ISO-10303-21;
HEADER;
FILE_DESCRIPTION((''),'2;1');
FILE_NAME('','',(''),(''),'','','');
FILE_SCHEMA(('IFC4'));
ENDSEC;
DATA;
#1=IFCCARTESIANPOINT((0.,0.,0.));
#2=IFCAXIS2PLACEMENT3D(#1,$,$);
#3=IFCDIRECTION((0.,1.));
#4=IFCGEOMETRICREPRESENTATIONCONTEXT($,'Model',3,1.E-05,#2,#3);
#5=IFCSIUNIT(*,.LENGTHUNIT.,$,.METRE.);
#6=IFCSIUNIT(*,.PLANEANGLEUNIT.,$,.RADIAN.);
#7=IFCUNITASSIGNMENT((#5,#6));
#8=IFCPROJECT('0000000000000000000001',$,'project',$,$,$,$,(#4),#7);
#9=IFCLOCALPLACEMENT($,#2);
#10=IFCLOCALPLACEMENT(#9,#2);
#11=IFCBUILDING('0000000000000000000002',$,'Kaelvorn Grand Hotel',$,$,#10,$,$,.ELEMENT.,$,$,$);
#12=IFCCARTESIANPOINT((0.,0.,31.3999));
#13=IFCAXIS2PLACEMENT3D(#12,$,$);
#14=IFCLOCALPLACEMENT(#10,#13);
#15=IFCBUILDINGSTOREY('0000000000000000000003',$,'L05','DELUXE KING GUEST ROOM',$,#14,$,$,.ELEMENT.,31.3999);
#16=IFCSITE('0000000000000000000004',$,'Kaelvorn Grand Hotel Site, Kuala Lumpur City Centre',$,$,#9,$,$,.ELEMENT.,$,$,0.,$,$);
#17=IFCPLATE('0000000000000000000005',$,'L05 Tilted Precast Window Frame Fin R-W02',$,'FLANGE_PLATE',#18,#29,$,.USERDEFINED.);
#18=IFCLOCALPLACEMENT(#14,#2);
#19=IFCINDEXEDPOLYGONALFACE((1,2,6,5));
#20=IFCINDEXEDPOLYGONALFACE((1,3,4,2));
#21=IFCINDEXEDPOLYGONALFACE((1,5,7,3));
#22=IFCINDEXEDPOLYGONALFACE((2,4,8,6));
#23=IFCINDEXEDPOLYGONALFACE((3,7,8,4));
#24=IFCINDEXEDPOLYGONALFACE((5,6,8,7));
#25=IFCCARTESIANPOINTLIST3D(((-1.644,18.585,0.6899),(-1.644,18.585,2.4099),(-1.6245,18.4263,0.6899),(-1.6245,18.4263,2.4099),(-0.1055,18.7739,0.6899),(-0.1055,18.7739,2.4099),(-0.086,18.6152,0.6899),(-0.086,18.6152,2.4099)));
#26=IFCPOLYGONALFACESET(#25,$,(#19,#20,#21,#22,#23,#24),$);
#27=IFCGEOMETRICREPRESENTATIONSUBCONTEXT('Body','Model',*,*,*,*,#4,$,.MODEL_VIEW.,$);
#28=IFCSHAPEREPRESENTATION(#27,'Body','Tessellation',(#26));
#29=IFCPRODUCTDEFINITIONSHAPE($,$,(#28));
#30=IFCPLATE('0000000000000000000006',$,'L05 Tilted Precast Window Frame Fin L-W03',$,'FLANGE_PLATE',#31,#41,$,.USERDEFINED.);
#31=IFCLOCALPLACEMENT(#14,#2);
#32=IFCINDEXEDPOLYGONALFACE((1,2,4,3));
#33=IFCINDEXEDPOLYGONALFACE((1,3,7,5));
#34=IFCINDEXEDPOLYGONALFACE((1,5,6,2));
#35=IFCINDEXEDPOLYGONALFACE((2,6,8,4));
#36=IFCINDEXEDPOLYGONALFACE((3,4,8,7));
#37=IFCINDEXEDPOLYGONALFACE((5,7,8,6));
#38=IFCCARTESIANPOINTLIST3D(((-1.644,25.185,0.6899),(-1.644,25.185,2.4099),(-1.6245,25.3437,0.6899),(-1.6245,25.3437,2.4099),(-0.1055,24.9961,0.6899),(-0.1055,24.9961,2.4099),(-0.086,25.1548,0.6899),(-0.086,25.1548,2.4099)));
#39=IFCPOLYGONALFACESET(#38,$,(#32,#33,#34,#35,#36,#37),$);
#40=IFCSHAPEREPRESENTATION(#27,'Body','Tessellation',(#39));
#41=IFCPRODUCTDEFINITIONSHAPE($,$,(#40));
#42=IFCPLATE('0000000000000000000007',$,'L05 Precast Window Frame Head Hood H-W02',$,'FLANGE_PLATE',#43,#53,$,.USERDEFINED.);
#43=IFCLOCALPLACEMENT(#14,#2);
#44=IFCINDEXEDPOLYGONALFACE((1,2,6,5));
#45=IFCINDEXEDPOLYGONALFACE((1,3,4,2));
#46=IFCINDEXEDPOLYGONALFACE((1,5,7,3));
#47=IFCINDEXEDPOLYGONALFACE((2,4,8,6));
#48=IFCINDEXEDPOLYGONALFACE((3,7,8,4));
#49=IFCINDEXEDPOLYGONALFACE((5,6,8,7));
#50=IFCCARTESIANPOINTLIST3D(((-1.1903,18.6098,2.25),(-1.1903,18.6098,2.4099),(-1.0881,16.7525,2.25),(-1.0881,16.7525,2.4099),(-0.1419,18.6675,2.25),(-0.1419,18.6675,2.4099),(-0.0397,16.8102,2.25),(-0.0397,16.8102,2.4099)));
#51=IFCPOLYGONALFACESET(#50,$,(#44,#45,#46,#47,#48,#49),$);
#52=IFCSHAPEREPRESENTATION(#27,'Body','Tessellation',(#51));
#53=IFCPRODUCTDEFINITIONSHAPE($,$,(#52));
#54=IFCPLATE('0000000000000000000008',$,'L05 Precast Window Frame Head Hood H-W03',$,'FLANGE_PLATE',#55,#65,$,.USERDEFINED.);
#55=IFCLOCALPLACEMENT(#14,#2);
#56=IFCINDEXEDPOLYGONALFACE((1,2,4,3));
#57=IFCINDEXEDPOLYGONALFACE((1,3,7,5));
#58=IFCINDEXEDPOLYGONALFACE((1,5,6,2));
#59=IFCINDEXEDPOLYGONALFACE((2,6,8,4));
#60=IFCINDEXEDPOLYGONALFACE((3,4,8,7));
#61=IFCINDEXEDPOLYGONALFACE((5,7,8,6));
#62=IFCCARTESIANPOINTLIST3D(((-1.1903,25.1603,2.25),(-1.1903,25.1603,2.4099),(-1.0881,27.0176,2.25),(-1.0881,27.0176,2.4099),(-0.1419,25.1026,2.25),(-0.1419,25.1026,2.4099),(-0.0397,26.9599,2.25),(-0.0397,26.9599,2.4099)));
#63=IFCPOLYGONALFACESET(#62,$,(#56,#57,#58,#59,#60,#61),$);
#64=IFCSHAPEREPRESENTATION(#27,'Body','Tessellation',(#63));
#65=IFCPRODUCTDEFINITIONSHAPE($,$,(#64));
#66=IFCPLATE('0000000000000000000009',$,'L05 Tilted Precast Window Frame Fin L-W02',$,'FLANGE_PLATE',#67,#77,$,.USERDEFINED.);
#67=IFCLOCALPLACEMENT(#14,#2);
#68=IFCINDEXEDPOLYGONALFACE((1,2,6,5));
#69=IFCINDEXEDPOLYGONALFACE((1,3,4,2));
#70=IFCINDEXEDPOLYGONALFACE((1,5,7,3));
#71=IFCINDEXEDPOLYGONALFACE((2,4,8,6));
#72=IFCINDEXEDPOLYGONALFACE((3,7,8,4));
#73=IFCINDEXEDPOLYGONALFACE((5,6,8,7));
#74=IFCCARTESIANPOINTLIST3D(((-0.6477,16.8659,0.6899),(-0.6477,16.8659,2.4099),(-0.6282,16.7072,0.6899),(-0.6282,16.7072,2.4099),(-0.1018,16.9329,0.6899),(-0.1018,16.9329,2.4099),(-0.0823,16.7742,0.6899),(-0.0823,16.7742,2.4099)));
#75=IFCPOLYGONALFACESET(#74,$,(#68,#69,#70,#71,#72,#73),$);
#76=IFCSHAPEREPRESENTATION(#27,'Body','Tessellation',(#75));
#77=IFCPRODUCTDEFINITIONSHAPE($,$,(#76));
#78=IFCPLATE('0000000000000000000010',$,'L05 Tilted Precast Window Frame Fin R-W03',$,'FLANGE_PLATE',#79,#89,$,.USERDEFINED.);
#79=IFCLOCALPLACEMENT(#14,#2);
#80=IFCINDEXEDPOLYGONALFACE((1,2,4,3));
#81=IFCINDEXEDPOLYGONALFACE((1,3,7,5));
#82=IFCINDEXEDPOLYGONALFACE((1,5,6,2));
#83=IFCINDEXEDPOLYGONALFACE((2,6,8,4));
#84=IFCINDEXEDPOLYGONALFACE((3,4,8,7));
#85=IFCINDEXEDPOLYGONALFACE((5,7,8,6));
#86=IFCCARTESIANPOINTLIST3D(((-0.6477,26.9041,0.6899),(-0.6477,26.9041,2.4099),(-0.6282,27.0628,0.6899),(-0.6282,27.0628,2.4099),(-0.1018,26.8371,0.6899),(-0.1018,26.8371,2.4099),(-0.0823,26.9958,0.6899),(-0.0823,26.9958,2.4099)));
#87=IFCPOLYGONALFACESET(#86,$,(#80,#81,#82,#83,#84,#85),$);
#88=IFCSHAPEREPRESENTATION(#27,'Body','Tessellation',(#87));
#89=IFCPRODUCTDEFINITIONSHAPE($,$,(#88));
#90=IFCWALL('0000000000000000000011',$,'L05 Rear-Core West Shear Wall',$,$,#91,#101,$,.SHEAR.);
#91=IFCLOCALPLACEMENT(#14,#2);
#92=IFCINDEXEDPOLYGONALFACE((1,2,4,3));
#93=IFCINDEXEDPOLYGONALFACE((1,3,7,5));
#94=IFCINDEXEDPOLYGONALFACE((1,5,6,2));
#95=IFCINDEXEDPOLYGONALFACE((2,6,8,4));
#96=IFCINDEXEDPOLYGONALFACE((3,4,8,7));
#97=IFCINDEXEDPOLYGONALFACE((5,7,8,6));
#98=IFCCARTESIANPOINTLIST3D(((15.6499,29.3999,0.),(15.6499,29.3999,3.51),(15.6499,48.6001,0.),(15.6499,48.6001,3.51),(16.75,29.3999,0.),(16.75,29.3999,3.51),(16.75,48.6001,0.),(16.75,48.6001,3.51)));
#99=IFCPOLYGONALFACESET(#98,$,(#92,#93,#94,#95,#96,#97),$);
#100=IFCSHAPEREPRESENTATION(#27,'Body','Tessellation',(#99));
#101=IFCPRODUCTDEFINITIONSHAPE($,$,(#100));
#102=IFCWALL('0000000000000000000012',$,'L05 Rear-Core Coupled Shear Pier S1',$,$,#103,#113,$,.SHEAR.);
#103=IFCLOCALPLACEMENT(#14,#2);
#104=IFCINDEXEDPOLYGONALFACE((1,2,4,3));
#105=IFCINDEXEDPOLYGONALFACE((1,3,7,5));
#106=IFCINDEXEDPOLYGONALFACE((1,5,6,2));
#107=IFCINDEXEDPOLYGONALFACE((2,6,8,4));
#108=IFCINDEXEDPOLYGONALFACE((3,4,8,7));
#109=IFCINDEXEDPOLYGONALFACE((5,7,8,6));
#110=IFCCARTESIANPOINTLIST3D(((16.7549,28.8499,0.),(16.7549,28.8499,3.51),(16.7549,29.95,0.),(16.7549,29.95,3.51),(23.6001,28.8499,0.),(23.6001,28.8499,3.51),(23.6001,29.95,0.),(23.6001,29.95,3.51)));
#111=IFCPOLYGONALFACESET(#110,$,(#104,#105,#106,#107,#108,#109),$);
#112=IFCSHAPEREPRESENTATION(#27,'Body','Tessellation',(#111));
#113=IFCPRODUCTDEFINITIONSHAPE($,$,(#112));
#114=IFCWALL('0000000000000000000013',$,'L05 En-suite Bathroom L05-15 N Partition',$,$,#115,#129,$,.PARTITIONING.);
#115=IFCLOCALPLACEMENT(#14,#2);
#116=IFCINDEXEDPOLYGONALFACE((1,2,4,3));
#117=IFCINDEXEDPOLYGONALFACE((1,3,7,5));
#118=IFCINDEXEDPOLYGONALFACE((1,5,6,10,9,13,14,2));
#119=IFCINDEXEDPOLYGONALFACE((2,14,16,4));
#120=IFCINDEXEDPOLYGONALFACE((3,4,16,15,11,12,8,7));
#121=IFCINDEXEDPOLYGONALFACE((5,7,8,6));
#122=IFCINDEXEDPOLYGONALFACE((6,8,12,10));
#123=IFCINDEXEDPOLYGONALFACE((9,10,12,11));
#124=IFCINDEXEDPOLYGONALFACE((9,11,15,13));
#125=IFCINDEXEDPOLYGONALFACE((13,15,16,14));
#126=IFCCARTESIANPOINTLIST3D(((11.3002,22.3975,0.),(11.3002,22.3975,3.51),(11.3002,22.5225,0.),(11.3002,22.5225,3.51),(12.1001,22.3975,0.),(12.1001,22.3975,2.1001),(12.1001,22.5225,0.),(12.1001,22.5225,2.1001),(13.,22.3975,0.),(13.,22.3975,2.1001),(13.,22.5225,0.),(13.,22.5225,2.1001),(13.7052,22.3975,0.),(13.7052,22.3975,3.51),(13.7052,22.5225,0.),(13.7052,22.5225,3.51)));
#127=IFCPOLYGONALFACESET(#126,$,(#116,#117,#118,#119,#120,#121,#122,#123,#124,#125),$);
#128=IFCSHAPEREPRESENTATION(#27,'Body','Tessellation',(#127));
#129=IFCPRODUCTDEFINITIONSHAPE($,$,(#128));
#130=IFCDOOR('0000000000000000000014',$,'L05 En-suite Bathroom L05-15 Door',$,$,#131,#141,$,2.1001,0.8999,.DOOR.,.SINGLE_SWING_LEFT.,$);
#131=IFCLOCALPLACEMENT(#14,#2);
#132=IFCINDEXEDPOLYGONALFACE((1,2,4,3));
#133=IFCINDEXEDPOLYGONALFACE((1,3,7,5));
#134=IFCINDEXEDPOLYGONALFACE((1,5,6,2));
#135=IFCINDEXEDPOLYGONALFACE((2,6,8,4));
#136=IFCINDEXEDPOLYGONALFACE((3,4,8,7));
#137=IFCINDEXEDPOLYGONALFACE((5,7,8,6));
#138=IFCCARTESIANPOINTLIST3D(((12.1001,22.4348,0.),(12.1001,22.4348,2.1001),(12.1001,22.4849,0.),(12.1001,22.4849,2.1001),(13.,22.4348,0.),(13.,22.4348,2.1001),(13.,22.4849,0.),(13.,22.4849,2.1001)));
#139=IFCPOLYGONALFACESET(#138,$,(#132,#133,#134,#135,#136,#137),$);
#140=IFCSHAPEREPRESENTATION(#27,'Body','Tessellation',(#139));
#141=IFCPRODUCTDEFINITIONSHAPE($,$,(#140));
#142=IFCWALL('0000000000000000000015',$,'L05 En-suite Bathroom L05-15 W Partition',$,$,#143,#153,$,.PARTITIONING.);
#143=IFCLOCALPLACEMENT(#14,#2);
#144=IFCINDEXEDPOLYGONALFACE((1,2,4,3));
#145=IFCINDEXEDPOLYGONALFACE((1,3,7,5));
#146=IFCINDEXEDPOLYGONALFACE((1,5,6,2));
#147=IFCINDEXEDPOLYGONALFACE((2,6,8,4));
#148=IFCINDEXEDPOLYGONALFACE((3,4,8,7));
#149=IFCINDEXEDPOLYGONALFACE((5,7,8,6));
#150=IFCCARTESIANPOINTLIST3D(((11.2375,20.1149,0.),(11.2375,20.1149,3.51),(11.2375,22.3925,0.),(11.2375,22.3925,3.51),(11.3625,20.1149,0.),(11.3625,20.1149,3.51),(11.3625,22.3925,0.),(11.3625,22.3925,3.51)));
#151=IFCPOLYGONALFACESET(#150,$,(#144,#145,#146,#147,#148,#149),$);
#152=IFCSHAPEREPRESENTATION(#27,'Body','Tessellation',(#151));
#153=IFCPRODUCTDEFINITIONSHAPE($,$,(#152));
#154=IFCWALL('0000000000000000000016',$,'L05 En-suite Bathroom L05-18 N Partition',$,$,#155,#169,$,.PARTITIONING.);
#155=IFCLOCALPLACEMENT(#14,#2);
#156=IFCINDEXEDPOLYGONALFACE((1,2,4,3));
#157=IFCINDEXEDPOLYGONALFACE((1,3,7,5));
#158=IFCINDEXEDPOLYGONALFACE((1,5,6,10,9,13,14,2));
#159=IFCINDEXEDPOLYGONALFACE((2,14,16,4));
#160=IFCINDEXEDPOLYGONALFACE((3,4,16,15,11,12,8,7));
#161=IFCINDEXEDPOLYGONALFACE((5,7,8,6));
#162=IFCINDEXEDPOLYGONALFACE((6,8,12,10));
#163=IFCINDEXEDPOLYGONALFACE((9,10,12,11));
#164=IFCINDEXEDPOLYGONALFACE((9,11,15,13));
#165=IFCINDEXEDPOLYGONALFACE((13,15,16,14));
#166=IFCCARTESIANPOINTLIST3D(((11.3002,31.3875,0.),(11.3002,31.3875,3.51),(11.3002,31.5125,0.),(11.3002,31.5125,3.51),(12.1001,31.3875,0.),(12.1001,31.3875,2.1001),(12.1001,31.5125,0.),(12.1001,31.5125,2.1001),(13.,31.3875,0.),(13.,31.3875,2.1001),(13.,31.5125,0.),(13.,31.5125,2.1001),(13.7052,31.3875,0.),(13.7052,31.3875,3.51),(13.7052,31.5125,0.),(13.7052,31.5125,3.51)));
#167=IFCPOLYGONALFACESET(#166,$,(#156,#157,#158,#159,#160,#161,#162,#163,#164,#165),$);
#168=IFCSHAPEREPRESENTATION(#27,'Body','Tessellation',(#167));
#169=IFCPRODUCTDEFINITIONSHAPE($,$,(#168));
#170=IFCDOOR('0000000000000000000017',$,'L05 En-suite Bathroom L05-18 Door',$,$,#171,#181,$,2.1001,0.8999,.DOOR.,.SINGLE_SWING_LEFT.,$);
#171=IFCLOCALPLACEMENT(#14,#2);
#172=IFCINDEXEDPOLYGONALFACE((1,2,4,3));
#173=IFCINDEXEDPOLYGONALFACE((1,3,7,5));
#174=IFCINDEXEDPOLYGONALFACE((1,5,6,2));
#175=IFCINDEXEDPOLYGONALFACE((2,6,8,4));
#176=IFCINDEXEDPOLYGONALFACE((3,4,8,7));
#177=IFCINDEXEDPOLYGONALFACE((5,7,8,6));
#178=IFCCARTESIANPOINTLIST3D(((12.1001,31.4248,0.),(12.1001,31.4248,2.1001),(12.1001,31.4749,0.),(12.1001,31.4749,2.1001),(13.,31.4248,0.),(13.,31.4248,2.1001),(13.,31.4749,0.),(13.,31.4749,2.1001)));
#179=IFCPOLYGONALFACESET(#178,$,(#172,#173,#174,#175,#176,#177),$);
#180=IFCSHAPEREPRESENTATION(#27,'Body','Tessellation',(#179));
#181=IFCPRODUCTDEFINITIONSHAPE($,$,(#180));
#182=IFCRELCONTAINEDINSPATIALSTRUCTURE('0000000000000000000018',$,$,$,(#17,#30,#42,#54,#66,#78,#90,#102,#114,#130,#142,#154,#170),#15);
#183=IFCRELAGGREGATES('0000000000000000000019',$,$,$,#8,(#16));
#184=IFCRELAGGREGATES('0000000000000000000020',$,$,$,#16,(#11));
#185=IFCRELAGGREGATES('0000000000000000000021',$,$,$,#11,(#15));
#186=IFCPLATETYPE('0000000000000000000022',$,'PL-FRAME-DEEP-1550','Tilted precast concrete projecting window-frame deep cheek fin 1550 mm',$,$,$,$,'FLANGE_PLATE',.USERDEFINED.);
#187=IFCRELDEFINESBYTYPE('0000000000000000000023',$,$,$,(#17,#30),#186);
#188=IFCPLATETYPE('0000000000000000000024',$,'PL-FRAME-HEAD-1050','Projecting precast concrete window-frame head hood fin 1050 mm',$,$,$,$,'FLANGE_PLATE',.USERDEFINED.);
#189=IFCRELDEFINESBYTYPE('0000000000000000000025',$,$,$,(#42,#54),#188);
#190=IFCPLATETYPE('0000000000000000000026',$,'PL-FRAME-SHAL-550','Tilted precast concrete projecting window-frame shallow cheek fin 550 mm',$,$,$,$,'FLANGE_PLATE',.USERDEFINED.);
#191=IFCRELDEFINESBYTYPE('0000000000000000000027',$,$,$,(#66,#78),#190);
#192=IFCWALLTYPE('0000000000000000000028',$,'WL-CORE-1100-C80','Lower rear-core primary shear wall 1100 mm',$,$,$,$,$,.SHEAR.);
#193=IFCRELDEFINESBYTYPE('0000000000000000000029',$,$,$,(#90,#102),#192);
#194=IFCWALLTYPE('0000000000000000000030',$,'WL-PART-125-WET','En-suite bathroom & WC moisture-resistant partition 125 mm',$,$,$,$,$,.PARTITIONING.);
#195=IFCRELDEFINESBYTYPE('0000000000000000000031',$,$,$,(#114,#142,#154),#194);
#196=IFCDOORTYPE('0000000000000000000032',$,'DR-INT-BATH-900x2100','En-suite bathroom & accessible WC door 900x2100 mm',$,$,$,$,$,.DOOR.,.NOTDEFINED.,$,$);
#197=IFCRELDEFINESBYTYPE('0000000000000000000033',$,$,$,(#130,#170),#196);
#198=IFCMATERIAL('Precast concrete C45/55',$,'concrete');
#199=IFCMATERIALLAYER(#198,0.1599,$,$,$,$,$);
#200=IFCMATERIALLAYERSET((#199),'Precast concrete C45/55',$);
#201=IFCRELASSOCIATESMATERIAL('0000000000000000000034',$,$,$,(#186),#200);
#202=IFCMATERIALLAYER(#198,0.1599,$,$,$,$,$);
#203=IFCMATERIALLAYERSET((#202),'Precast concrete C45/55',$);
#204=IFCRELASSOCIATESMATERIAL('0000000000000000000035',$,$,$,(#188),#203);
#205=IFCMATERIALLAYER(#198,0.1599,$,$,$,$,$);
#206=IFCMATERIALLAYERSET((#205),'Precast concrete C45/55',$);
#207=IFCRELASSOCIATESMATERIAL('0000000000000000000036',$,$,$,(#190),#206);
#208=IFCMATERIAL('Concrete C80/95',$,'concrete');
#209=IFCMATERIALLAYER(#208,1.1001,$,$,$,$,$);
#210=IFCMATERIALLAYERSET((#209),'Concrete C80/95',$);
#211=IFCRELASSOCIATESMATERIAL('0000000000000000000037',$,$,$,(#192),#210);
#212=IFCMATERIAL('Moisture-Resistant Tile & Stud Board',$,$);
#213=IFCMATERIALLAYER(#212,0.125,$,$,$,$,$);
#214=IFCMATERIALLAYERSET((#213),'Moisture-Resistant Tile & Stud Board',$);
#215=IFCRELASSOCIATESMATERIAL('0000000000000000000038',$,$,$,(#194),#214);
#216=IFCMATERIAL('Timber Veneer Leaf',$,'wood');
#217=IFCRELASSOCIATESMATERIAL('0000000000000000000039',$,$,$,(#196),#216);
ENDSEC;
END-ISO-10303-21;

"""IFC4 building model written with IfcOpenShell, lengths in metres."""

from ifc_helpers import new_model, si_unit, direction, frame, frame_2d, origin, origin_2d, place, context, subcontext, project, spatial, rectangle, extrude, material, layer, layer_set, type_object, element, fill, save


model = new_model("IFC4")

# Units and contexts
model_context = context("Model", 3, precision=1e-05, world=origin(), true_north=direction((0.0, 1.0)))
body_context = subcontext(model_context, "Body", "Model", "MODEL_VIEW")
ifc_project = project(units=[si_unit("LENGTHUNIT", "METRE"), si_unit("PLANEANGLEUNIT", "RADIAN")], contexts=[model_context])

# Site, building, storey
site_placement = place(None, origin())
site = spatial("IfcSite", under=ifc_project, at=site_placement, Name="Kaelvorn Grand Hotel Site, Kuala Lumpur City Centre", CompositionType="ELEMENT", RefElevation=0.0)
building_placement = place(site_placement, origin())
building = spatial("IfcBuilding", under=site, at=building_placement, Name="Kaelvorn Grand Hotel", CompositionType="ELEMENT")
storey_placement = place(building_placement, frame((0.0, 0.0, 31.3999)))
storey = spatial("IfcBuildingStorey", under=building, at=storey_placement, Name="L05", Description="DELUXE KING GUEST ROOM", CompositionType="ELEMENT", Elevation=31.3999)

# Shared definitions
ifc_material_1 = material(Name="Concrete C80/95", Category="concrete")

# Plates
ifc_material_2 = material(Name="Precast concrete C45/55", Category="concrete")
ifc_layer_1 = layer(ifc_material_2, 0.1599)
ifc_layer_set_1 = layer_set([ifc_layer_1], Name="Precast concrete C45/55")
plate_type_1 = type_object("IfcPlateType", Name="PL-FRAME-DEEP-1550", Description="Tilted precast concrete projecting window-frame deep cheek fin 1550 mm", ElementType="FLANGE_PLATE", PredefinedType="USERDEFINED", material=ifc_layer_set_1)
for number, where, z_axis, x_axis, name in (
    (1, (-0.865, 18.6001, 0.6899), (0.0, 0.0, 1.0), (-0.121869, 0.992546, 0.0), "L05 Tilted Precast Window Frame Fin R-W02"),
    (2, (-0.865, 25.1699, 0.6899), (0.0, 0.0, 1.0), (0.121869, 0.992546, 0.0), "L05 Tilted Precast Window Frame Fin L-W03"),
):
    element("IfcPlate", number, at=place(storey_placement, frame(where, z_axis=z_axis, x_axis=x_axis)), inside=storey, type_object=plate_type_1, Name=name, ObjectType="FLANGE_PLATE", PredefinedType="USERDEFINED", context=body_context, shape_type="SweptSolid", body=[
        extrude(rectangle(XDim=0.1599, YDim=1.55, at=origin_2d()), origin(), (0.0, 0.0, 1.0), 1.72),
    ])
ifc_layer_2 = layer(ifc_material_2, 0.1599)
ifc_layer_set_2 = layer_set([ifc_layer_2], Name="Precast concrete C45/55")
plate_type_2 = type_object("IfcPlateType", Name="PL-FRAME-HEAD-1050", Description="Projecting precast concrete window-frame head hood fin 1050 mm", ElementType="FLANGE_PLATE", PredefinedType="USERDEFINED", material=ifc_layer_set_2)
for number, where, z_axis, x_axis, name in (
    (3, (-0.615, 17.71, 2.25), (0.0, 0.0, 1.0), (-0.05495, 0.998489, 0.0), "L05 Precast Window Frame Head Hood H-W02"),
    (4, (-0.615, 26.0601, 2.25), (0.0, 0.0, 1.0), (0.05495, 0.998489, 0.0), "L05 Precast Window Frame Head Hood H-W03"),
):
    element("IfcPlate", number, at=place(storey_placement, frame(where, z_axis=z_axis, x_axis=x_axis)), inside=storey, type_object=plate_type_2, Name=name, ObjectType="FLANGE_PLATE", PredefinedType="USERDEFINED", context=body_context, shape_type="SweptSolid", body=[
        extrude(rectangle(XDim=1.8601, YDim=1.05, at=origin_2d()), origin(), (0.0, 0.0, 1.0), 0.1599),
    ])
ifc_layer_3 = layer(ifc_material_2, 0.1599)
ifc_layer_set_3 = layer_set([ifc_layer_3], Name="Precast concrete C45/55")
plate_type_3 = type_object("IfcPlateType", Name="PL-FRAME-SHAL-550", Description="Tilted precast concrete projecting window-frame shallow cheek fin 550 mm", ElementType="FLANGE_PLATE", PredefinedType="USERDEFINED", material=ifc_layer_set_3)
for number, where, z_axis, x_axis, name in (
    (5, (-0.365, 16.8201, 0.6899), (0.0, 0.0, 1.0), (-0.121869, 0.992546, 0.0), "L05 Tilted Precast Window Frame Fin L-W02"),
    (6, (-0.365, 26.95, 0.6899), (0.0, 0.0, 1.0), (0.121869, 0.992546, 0.0), "L05 Tilted Precast Window Frame Fin R-W03"),
):
    element("IfcPlate", number, at=place(storey_placement, frame(where, z_axis=z_axis, x_axis=x_axis)), inside=storey, type_object=plate_type_3, Name=name, ObjectType="FLANGE_PLATE", PredefinedType="USERDEFINED", context=body_context, shape_type="SweptSolid", body=[
        extrude(rectangle(XDim=0.1599, YDim=0.55, at=origin_2d()), origin(), (0.0, 0.0, 1.0), 1.72),
    ])

# Walls
ifc_layer_4 = layer(ifc_material_1, 1.1001)
ifc_layer_set_4 = layer_set([ifc_layer_4], Name="Concrete C80/95")
wall_type_1 = type_object("IfcWallType", Name="WL-CORE-1100-C80", Description="Lower rear-core primary shear wall 1100 mm", PredefinedType="SHEAR", material=ifc_layer_set_4)
wall_1_placement = place(storey_placement, frame((16.2, 29.3999, 0.0), z_axis=(0.0, 0.0, 1.0), x_axis=(0.0, 1.0, 0.0)))
element("IfcWall", 7, at=wall_1_placement, inside=storey, type_object=wall_type_1, Name="L05 Rear-Core West Shear Wall", PredefinedType="SHEAR", context=body_context, shape_type="SweptSolid", body=[
    extrude(rectangle(XDim=19.2002, YDim=1.1001, at=frame_2d((9.6001, 0.0))), origin(), (0.0, 0.0, 1.0), 3.51),
])
wall_2_placement = place(storey_placement, frame((16.7549, 29.3999, 0.0), z_axis=(0.0, 0.0, 1.0), x_axis=(1.0, 0.0, 0.0)))
element("IfcWall", 8, at=wall_2_placement, inside=storey, type_object=wall_type_1, Name="L05 Rear-Core Coupled Shear Pier S1", PredefinedType="SHEAR", context=body_context, shape_type="SweptSolid", body=[
    extrude(rectangle(XDim=6.8452, YDim=1.1001, at=frame_2d((3.4226, 0.0))), origin(), (0.0, 0.0, 1.0), 3.51),
])

# Wall, opening, door
ifc_material_3 = material(Name="Moisture-Resistant Tile & Stud Board")
ifc_layer_5 = layer(ifc_material_3, 0.125)
ifc_layer_set_5 = layer_set([ifc_layer_5], Name="Moisture-Resistant Tile & Stud Board")
wall_type_2 = type_object("IfcWallType", Name="WL-PART-125-WET", Description="En-suite bathroom & WC moisture-resistant partition 125 mm", PredefinedType="PARTITIONING", material=ifc_layer_set_5)
wall_3_placement = place(storey_placement, frame((11.3, 22.46, 0.0), z_axis=(0.0, 0.0, 1.0), x_axis=(1.0, 0.0, 0.0)))
wall_3 = element("IfcWall", 9, at=wall_3_placement, inside=storey, type_object=wall_type_2, Name="L05 En-suite Bathroom L05-15 N Partition", PredefinedType="PARTITIONING", context=body_context, shape_type="SweptSolid", body=[
    extrude(rectangle(XDim=2.405, YDim=0.125, at=frame_2d((1.2026, 0.0))), origin(), (0.0, 0.0, 1.0), 3.51),
])
opening_1_placement = place(wall_3_placement, frame((0.8, 0.0, 0.0)))
opening_1 = element("IfcOpeningElement", 10, at=opening_1_placement, cuts=wall_3, PredefinedType="OPENING", context=body_context, shape_type="SweptSolid", body=[
    extrude(rectangle(XDim=0.8999, YDim=2.1001, at=frame_2d((0.45, 1.05))), frame((0.0, 0.0725, 0.0), z_axis=(0.0, -1.0, 0.0), x_axis=(1.0, 0.0, 0.0)), (0.0, 0.0, 1.0), 0.145),
])
ifc_material_4 = material(Name="Timber Veneer Leaf", Category="wood")
door_type_1 = type_object("IfcDoorType", Name="DR-INT-BATH-900x2100", Description="En-suite bathroom & accessible WC door 900x2100 mm", OperationType="NOTDEFINED", PredefinedType="DOOR", material=ifc_material_4)
door_1_placement = place(opening_1_placement, origin())
door_1 = element("IfcDoor", 11, at=door_1_placement, inside=storey, type_object=door_type_1, Name="L05 En-suite Bathroom L05-15 Door", OperationType="SINGLE_SWING_LEFT", OverallHeight=2.1001, OverallWidth=0.8999, PredefinedType="DOOR", context=body_context, shape_type="SweptSolid", body=[
    extrude(rectangle(XDim=0.8999, YDim=2.1001, at=frame_2d((0.45, 1.05))), frame((0.0, 0.0249, 0.0), z_axis=(0.0, -1.0, 0.0), x_axis=(1.0, 0.0, 0.0)), (0.0, 0.0, 1.0), 0.05),
])
fill(opening_1, door_1)

# Wall
wall_4_placement = place(storey_placement, frame((11.3, 20.115, 0.0), z_axis=(0.0, 0.0, 1.0), x_axis=(0.0, 1.0, 0.0)))
element("IfcWall", 12, at=wall_4_placement, inside=storey, type_object=wall_type_2, Name="L05 En-suite Bathroom L05-15 W Partition", PredefinedType="PARTITIONING", context=body_context, shape_type="SweptSolid", body=[
    extrude(rectangle(XDim=2.2776, YDim=0.125, at=frame_2d((1.1387, 0.0))), origin(), (0.0, 0.0, 1.0), 3.51),
])

# Wall, opening, door
wall_5_placement = place(storey_placement, frame((11.3, 31.45, 0.0), z_axis=(0.0, 0.0, 1.0), x_axis=(1.0, 0.0, 0.0)))
wall_5 = element("IfcWall", 13, at=wall_5_placement, inside=storey, type_object=wall_type_2, Name="L05 En-suite Bathroom L05-18 N Partition", PredefinedType="PARTITIONING", context=body_context, shape_type="SweptSolid", body=[
    extrude(rectangle(XDim=2.405, YDim=0.125, at=frame_2d((1.2026, 0.0))), origin(), (0.0, 0.0, 1.0), 3.51),
])
opening_2_placement = place(wall_5_placement, frame((0.8, 0.0, 0.0)))
opening_2 = element("IfcOpeningElement", 14, at=opening_2_placement, cuts=wall_5, PredefinedType="OPENING", context=body_context, shape_type="SweptSolid", body=[
    extrude(rectangle(XDim=0.8999, YDim=2.1001, at=frame_2d((0.45, 1.05))), frame((0.0, 0.0725, 0.0), z_axis=(0.0, -1.0, 0.0), x_axis=(1.0, 0.0, 0.0)), (0.0, 0.0, 1.0), 0.145),
])
door_2_placement = place(opening_2_placement, origin())
door_2 = element("IfcDoor", 15, at=door_2_placement, inside=storey, type_object=door_type_1, Name="L05 En-suite Bathroom L05-18 Door", OperationType="SINGLE_SWING_LEFT", OverallHeight=2.1001, OverallWidth=0.8999, PredefinedType="DOOR", context=body_context, shape_type="SweptSolid", body=[
    extrude(rectangle(XDim=0.8999, YDim=2.1001, at=frame_2d((0.45, 1.05))), frame((0.0, 0.0249, 0.0), z_axis=(0.0, -1.0, 0.0), x_axis=(1.0, 0.0, 0.0)), (0.0, 0.0, 1.0), 0.05),
])
fill(opening_2, door_2)

save(model, "model.ifc")
